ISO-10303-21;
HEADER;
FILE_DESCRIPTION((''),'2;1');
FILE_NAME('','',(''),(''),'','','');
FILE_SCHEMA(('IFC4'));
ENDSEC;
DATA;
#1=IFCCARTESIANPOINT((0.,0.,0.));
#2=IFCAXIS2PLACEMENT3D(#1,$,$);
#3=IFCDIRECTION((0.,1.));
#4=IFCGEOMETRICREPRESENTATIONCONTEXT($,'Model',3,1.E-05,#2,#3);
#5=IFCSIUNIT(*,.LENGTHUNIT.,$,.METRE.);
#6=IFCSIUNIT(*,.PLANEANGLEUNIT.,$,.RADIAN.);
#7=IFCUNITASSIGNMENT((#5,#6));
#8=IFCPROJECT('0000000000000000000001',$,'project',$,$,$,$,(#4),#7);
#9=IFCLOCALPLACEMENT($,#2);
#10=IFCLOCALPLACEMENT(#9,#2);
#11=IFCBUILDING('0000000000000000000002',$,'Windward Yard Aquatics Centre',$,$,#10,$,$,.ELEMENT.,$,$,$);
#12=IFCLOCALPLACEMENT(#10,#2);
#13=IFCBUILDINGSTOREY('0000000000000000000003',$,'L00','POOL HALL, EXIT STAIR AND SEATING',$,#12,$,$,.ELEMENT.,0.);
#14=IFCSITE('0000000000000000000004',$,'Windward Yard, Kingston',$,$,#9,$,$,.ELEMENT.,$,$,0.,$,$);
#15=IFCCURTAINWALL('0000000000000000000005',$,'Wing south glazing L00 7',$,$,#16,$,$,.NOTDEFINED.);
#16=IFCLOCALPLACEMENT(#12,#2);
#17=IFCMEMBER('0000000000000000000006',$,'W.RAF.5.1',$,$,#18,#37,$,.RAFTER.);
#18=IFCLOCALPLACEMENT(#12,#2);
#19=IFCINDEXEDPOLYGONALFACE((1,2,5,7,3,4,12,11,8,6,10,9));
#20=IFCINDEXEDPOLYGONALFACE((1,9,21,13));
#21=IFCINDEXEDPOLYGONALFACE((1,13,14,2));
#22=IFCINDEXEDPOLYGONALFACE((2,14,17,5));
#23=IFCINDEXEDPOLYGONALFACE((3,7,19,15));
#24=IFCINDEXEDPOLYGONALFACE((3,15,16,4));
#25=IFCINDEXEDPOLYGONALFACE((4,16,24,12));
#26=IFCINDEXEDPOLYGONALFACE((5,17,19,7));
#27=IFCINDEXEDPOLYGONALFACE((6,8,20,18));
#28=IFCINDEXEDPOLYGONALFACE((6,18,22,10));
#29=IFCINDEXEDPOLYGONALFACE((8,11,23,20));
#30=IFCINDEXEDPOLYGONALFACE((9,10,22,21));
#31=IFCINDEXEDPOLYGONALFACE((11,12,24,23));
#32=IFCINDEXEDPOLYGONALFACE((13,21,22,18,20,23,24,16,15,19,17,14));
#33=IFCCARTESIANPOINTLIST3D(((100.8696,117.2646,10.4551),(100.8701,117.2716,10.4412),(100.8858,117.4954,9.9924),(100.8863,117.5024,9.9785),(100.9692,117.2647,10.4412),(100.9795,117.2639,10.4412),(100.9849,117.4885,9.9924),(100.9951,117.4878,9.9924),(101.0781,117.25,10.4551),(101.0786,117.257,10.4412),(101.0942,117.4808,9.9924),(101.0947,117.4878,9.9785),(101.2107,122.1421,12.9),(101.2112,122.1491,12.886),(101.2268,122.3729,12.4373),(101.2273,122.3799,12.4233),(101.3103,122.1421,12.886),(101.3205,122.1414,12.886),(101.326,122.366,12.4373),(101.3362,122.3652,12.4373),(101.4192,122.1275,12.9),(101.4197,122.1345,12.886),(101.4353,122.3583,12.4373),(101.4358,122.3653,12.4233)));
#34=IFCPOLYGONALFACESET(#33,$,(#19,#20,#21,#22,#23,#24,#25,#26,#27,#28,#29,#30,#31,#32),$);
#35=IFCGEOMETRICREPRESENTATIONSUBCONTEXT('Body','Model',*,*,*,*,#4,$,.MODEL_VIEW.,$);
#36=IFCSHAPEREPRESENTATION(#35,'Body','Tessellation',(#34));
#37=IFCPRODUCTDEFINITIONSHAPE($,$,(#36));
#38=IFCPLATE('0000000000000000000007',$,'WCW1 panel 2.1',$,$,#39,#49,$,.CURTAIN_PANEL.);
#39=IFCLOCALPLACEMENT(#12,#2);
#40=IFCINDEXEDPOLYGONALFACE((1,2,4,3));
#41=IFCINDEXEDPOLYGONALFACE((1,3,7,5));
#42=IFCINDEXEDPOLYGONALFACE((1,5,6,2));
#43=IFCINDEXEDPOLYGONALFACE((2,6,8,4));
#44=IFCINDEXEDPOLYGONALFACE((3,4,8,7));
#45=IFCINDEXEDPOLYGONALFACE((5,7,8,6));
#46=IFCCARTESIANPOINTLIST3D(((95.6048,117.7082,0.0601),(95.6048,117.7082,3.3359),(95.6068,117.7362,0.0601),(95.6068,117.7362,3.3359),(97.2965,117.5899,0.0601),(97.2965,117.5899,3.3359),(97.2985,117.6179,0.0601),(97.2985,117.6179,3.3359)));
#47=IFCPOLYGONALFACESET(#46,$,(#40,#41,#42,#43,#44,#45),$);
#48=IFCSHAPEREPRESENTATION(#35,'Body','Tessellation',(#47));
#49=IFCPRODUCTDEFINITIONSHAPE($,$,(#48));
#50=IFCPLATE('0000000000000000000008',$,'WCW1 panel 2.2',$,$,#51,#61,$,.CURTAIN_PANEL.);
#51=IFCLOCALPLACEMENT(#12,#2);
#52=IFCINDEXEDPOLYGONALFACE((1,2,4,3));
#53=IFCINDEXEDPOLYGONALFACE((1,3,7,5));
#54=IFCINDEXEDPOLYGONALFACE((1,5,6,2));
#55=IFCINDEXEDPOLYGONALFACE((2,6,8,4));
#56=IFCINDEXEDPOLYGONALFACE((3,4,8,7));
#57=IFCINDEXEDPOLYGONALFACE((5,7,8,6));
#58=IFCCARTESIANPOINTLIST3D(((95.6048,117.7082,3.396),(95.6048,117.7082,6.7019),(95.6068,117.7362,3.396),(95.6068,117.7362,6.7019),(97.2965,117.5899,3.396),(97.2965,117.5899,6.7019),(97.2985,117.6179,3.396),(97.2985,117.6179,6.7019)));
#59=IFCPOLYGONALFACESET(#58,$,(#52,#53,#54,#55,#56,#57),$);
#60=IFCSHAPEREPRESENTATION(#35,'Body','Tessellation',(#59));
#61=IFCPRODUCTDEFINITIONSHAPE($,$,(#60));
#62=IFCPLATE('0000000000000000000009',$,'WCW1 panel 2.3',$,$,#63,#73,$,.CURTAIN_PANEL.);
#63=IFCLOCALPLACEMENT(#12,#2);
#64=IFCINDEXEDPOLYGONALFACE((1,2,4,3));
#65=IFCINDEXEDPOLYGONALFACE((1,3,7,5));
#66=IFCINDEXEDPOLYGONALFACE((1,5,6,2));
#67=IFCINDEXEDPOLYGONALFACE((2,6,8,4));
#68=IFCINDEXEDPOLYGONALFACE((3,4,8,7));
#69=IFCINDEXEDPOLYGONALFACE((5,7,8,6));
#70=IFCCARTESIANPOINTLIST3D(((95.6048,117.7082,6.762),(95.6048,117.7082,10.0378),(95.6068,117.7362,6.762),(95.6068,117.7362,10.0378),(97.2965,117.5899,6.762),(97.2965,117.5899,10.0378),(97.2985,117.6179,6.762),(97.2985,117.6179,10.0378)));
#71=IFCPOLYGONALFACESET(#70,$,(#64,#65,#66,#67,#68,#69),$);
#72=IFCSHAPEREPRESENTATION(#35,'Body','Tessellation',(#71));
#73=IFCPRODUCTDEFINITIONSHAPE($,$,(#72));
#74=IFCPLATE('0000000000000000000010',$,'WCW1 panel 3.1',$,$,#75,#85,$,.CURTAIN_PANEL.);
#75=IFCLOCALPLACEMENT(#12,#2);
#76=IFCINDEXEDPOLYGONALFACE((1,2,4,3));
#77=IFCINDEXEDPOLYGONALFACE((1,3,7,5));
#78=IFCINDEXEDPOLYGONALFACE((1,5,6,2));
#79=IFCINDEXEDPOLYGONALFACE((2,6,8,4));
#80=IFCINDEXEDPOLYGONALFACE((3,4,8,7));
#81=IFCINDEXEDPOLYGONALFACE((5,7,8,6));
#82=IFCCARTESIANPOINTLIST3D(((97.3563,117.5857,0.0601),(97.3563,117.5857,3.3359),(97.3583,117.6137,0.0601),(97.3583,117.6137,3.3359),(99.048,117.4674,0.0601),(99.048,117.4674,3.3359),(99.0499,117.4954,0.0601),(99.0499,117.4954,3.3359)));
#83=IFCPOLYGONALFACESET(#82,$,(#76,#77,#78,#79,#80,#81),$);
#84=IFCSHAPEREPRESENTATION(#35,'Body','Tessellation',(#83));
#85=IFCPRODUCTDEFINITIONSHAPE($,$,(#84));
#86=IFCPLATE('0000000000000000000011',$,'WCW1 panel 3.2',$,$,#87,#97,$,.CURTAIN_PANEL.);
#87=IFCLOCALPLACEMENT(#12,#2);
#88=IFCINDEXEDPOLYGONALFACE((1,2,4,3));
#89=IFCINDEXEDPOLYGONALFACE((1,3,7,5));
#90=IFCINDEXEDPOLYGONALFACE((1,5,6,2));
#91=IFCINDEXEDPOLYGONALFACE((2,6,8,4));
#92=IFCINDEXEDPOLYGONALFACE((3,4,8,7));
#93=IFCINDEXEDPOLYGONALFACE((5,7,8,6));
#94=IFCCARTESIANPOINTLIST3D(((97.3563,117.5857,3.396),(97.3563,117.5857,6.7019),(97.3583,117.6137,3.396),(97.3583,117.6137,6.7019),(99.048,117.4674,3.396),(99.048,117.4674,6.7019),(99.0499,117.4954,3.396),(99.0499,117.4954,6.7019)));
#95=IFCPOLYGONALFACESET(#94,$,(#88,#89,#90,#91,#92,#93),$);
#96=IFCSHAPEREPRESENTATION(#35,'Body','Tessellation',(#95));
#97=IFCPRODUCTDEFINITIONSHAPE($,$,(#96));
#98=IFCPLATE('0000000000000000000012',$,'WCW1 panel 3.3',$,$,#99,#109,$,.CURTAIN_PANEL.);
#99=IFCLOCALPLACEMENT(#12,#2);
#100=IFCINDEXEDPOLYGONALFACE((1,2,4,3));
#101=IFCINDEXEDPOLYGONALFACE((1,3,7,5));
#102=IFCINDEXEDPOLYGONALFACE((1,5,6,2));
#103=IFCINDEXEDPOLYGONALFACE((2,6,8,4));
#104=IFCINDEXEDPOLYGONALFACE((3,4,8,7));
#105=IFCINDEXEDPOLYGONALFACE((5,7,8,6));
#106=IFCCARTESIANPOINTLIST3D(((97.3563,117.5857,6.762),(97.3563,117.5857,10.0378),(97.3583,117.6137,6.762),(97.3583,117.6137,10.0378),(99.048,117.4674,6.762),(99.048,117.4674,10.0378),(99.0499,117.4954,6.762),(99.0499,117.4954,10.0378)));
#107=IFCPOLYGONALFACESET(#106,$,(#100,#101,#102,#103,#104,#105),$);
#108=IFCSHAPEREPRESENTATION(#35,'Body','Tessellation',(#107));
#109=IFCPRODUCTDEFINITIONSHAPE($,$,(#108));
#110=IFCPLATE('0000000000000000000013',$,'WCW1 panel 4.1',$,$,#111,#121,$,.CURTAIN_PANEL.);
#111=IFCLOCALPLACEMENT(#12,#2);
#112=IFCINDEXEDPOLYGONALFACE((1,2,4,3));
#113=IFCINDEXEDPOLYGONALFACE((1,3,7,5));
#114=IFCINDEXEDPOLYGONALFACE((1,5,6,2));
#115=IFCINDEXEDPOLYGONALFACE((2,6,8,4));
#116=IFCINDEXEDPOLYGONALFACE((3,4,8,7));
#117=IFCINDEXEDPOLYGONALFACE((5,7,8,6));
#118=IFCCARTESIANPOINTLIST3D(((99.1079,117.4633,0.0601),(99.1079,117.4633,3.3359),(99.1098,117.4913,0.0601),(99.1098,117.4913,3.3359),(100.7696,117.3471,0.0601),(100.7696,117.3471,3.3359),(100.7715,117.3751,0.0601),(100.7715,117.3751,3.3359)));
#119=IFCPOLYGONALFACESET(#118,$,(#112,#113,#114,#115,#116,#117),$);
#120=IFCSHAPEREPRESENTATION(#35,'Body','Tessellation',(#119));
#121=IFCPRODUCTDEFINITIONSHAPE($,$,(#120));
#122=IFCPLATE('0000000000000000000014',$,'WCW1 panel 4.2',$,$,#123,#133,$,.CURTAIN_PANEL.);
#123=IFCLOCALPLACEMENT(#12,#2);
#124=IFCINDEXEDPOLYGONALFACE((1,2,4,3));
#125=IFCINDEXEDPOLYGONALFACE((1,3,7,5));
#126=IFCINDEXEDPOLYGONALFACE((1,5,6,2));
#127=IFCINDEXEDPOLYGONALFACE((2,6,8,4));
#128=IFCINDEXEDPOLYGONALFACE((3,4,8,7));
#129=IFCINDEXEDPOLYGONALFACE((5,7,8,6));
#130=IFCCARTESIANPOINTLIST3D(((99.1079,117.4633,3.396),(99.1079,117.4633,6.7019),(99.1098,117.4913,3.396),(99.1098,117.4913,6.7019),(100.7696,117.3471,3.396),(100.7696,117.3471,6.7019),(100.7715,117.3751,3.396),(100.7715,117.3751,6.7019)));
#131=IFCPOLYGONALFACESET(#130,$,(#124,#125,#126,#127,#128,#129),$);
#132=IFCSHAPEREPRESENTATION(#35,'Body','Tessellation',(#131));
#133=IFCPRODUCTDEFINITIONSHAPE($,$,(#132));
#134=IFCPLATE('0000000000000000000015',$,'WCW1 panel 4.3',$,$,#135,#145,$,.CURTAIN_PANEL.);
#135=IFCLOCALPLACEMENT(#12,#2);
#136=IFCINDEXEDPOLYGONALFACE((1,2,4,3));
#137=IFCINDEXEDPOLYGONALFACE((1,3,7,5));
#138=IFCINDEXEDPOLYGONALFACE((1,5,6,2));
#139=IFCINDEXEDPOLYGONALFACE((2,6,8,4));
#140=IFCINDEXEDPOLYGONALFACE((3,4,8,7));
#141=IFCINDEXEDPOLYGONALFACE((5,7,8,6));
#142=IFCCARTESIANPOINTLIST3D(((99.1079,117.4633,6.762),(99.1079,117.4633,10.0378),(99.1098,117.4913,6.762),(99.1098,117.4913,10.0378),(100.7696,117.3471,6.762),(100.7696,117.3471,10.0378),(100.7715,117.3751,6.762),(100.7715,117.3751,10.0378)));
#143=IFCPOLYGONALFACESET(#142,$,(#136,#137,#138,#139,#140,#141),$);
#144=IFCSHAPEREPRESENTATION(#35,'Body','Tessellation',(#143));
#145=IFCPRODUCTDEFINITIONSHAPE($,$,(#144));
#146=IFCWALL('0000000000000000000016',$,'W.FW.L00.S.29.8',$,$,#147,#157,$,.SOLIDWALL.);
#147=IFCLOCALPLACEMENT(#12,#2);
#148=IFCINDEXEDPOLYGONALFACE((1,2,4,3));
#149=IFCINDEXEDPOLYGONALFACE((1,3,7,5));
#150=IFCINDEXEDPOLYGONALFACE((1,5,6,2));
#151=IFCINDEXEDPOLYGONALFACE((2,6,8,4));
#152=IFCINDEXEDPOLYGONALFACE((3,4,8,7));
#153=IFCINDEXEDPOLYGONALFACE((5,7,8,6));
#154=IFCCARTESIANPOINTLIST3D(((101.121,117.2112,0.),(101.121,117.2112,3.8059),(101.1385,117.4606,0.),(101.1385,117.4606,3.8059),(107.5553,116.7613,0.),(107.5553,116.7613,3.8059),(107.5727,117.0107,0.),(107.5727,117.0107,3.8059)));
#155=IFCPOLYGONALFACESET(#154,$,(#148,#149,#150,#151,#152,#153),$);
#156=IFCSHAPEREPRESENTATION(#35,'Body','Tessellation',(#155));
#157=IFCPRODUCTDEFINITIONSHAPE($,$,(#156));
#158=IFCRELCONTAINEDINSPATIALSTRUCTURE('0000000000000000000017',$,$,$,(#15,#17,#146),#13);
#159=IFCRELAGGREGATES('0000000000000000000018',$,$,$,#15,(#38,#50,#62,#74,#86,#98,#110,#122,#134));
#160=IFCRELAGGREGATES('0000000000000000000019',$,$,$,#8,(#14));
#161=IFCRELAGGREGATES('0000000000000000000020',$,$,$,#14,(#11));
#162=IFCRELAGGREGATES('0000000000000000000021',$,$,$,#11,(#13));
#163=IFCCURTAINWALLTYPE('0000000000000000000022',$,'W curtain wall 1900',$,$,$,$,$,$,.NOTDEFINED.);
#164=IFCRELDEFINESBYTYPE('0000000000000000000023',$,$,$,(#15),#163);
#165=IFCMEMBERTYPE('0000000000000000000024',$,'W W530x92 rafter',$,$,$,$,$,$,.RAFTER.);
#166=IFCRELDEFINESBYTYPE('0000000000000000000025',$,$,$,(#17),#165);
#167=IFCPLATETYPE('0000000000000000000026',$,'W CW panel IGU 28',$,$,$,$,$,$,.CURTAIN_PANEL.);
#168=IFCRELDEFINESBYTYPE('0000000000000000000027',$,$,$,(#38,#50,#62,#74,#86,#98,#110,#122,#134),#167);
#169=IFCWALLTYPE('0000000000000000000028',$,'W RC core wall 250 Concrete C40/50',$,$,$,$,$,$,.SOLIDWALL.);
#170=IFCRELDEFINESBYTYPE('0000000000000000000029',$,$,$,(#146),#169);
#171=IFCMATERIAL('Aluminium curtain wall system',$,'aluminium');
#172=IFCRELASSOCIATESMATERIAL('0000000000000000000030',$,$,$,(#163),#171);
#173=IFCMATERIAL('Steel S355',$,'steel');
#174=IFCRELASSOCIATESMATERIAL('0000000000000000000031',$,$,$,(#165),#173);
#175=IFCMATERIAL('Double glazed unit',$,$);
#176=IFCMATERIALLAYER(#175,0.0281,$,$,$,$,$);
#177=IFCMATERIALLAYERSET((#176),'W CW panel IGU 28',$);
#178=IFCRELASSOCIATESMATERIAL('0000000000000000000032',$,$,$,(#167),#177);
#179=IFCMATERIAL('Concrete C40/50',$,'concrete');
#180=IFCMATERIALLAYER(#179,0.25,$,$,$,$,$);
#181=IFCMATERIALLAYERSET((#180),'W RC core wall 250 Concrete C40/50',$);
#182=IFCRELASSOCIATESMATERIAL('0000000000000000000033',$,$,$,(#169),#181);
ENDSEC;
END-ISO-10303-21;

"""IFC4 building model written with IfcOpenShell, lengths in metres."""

from ifc_helpers import new_model, si_unit, direction, frame, frame_2d, origin, origin_2d, place, context, subcontext, project, spatial, rectangle, i_section, extrude, material, layer, layer_set, material_profile, profile_set, type_object, element, aggregate, save


model = new_model("IFC4")

# Units and contexts
model_context = context("Model", 3, precision=1e-05, world=origin(), true_north=direction((0.0, 1.0)))
body_context = subcontext(model_context, "Body", "Model", "MODEL_VIEW")
ifc_project = project(units=[si_unit("LENGTHUNIT", "METRE"), si_unit("PLANEANGLEUNIT", "RADIAN")], contexts=[model_context])

# Site, building, storey
site_placement = place(None, origin())
site = spatial("IfcSite", under=ifc_project, at=site_placement, Name="Windward Yard, Kingston", CompositionType="ELEMENT", RefElevation=0.0)
building_placement = place(site_placement, origin())
building = spatial("IfcBuilding", under=site, at=building_placement, Name="Windward Yard Aquatics Centre", CompositionType="ELEMENT")
storey_placement = place(building_placement, origin())
storey = spatial("IfcBuildingStorey", under=building, at=storey_placement, Name="L00", Description="POOL HALL, EXIT STAIR AND SEATING", CompositionType="ELEMENT", Elevation=0.0)

# Curtain wall
ifc_material_1 = material(Name="Aluminium curtain wall system", Category="aluminium")
curtain_wall_type = type_object("IfcCurtainWallType", Name="W curtain wall 1900", PredefinedType="NOTDEFINED", material=ifc_material_1)
curtain_wall_placement = place(storey_placement, origin())
curtain_wall = element("IfcCurtainWall", 1, at=curtain_wall_placement, inside=storey, type_object=curtain_wall_type, Name="Wing south glazing L00 7", PredefinedType="NOTDEFINED")

# Member
ifc_material_2 = material(Name="Steel S355", Category="steel")
ifc_material_profile_1 = material_profile(ifc_material_2, i_section(OverallWidth=0.209, OverallDepth=0.533, WebThickness=0.0103, FlangeThickness=0.0156, at=origin_2d()), Name="W530x92")
ifc_profile_set_1 = profile_set([ifc_material_profile_1], Name="Steel S355")
member_type_1 = type_object("IfcMemberType", Name="W W530x92 rafter", PredefinedType="RAFTER", material=ifc_profile_set_1)
member_1_placement = place(storey_placement, frame((100.9822, 117.3762, 10.2168), z_axis=(0.062391, 0.892238, 0.447235), x_axis=(-0.997564, 0.069757, 0.0)))
element("IfcMember", 2, at=member_1_placement, inside=storey, type_object=member_type_1, Name="W.RAF.5.1", PredefinedType="RAFTER", context=body_context, shape_type="SweptSolid", body=[
    extrude(i_section(OverallWidth=0.209, OverallDepth=0.533, WebThickness=0.0103, FlangeThickness=0.0156, at=origin_2d()), origin(), (0.0, 0.0, 1.0), 5.4666),
])

# Plates
ifc_material_3 = material(Name="Double glazed unit")
ifc_layer_1 = layer(ifc_material_3, 0.0281)
ifc_layer_set_1 = layer_set([ifc_layer_1], Name="W CW panel IGU 28")
plate_type = type_object("IfcPlateType", Name="W CW panel IGU 28", PredefinedType="CURTAIN_PANEL", material=ifc_layer_set_1)
plate_1_placement = place(storey_placement, frame((96.4517, 117.6631, 0.0601), z_axis=(0.0, 0.0, 1.0), x_axis=(0.997564, -0.069756, 0.0)))
plate_1 = element("IfcPlate", 3, at=plate_1_placement, type_object=plate_type, Name="WCW1 panel 2.1", PredefinedType="CURTAIN_PANEL", context=body_context, shape_type="SweptSolid", body=[
    extrude(rectangle(XDim=1.6958, YDim=0.0281, at=origin_2d()), origin(), (0.0, 0.0, 1.0), 3.2759),
])
plate_2_placement = place(storey_placement, frame((96.4517, 117.6631, 3.396), z_axis=(0.0, 0.0, 1.0), x_axis=(0.997564, -0.069756, 0.0)))
plate_2 = element("IfcPlate", 4, at=plate_2_placement, type_object=plate_type, Name="WCW1 panel 2.2", PredefinedType="CURTAIN_PANEL", context=body_context, shape_type="SweptSolid", body=[
    extrude(rectangle(XDim=1.6958, YDim=0.0281, at=origin_2d()), origin(), (0.0, 0.0, 1.0), 3.3059),
])
plate_3_placement = place(storey_placement, frame((96.4517, 117.6631, 6.762), z_axis=(0.0, 0.0, 1.0), x_axis=(0.997564, -0.069756, 0.0)))
plate_3 = element("IfcPlate", 5, at=plate_3_placement, type_object=plate_type, Name="WCW1 panel 2.3", PredefinedType="CURTAIN_PANEL", context=body_context, shape_type="SweptSolid", body=[
    extrude(rectangle(XDim=1.6958, YDim=0.0281, at=origin_2d()), origin(), (0.0, 0.0, 1.0), 3.2759),
])
plate_4_placement = place(storey_placement, frame((98.2031, 117.5405, 0.0601), z_axis=(0.0, 0.0, 1.0), x_axis=(0.997564, -0.069756, 0.0)))
plate_4 = element("IfcPlate", 6, at=plate_4_placement, type_object=plate_type, Name="WCW1 panel 3.1", PredefinedType="CURTAIN_PANEL", context=body_context, shape_type="SweptSolid", body=[
    extrude(rectangle(XDim=1.6958, YDim=0.0281, at=origin_2d()), origin(), (0.0, 0.0, 1.0), 3.2759),
])
plate_5_placement = place(storey_placement, frame((98.2031, 117.5405, 3.396), z_axis=(0.0, 0.0, 1.0), x_axis=(0.997564, -0.069756, 0.0)))
plate_5 = element("IfcPlate", 7, at=plate_5_placement, type_object=plate_type, Name="WCW1 panel 3.2", PredefinedType="CURTAIN_PANEL", context=body_context, shape_type="SweptSolid", body=[
    extrude(rectangle(XDim=1.6958, YDim=0.0281, at=origin_2d()), origin(), (0.0, 0.0, 1.0), 3.3059),
])
plate_6_placement = place(storey_placement, frame((98.2031, 117.5405, 6.762), z_axis=(0.0, 0.0, 1.0), x_axis=(0.997564, -0.069756, 0.0)))
plate_6 = element("IfcPlate", 8, at=plate_6_placement, type_object=plate_type, Name="WCW1 panel 3.3", PredefinedType="CURTAIN_PANEL", context=body_context, shape_type="SweptSolid", body=[
    extrude(rectangle(XDim=1.6958, YDim=0.0281, at=origin_2d()), origin(), (0.0, 0.0, 1.0), 3.2759),
])
plate_7_placement = place(storey_placement, frame((99.9397, 117.4192, 0.0601), z_axis=(0.0, 0.0, 1.0), x_axis=(0.997564, -0.069756, 0.0)))
plate_7 = element("IfcPlate", 9, at=plate_7_placement, type_object=plate_type, Name="WCW1 panel 4.1", PredefinedType="CURTAIN_PANEL", context=body_context, shape_type="SweptSolid", body=[
    extrude(rectangle(XDim=1.6658, YDim=0.0281, at=origin_2d()), origin(), (0.0, 0.0, 1.0), 3.2759),
])
plate_8_placement = place(storey_placement, frame((99.9397, 117.4192, 3.396), z_axis=(0.0, 0.0, 1.0), x_axis=(0.997564, -0.069756, 0.0)))
plate_8 = element("IfcPlate", 10, at=plate_8_placement, type_object=plate_type, Name="WCW1 panel 4.2", PredefinedType="CURTAIN_PANEL", context=body_context, shape_type="SweptSolid", body=[
    extrude(rectangle(XDim=1.6658, YDim=0.0281, at=origin_2d()), origin(), (0.0, 0.0, 1.0), 3.3059),
])
plate_9_placement = place(storey_placement, frame((99.9397, 117.4192, 6.762), z_axis=(0.0, 0.0, 1.0), x_axis=(0.997564, -0.069756, 0.0)))
plate_9 = element("IfcPlate", 11, at=plate_9_placement, type_object=plate_type, Name="WCW1 panel 4.3", PredefinedType="CURTAIN_PANEL", context=body_context, shape_type="SweptSolid", body=[
    extrude(rectangle(XDim=1.6658, YDim=0.0281, at=origin_2d()), origin(), (0.0, 0.0, 1.0), 3.2759),
])
aggregate(curtain_wall, [plate_1, plate_2, plate_3, plate_4, plate_5, plate_6, plate_7, plate_8, plate_9])

# Wall
ifc_material_4 = material(Name="Concrete C40/50", Category="concrete")
ifc_layer_2 = layer(ifc_material_4, 0.25)
ifc_layer_set_2 = layer_set([ifc_layer_2], Name="W RC core wall 250 Concrete C40/50")
wall_type_1 = type_object("IfcWallType", Name="W RC core wall 250 Concrete C40/50", PredefinedType="SOLIDWALL", material=ifc_layer_set_2)
wall_1_placement = place(storey_placement, frame((101.1296, 117.3359, 0.0), z_axis=(0.0, 0.0, 1.0), x_axis=(0.997564, -0.069759, 0.0)))
element("IfcWall", 12, at=wall_1_placement, inside=storey, type_object=wall_type_1, Name="W.FW.L00.S.29.8", PredefinedType="SOLIDWALL", context=body_context, shape_type="SweptSolid", body=[
    extrude(rectangle(XDim=6.45, YDim=0.25, at=frame_2d((3.2251, 0.0))), origin(), (0.0, 0.0, 1.0), 3.8059),
])

save(model, "model.ifc")
